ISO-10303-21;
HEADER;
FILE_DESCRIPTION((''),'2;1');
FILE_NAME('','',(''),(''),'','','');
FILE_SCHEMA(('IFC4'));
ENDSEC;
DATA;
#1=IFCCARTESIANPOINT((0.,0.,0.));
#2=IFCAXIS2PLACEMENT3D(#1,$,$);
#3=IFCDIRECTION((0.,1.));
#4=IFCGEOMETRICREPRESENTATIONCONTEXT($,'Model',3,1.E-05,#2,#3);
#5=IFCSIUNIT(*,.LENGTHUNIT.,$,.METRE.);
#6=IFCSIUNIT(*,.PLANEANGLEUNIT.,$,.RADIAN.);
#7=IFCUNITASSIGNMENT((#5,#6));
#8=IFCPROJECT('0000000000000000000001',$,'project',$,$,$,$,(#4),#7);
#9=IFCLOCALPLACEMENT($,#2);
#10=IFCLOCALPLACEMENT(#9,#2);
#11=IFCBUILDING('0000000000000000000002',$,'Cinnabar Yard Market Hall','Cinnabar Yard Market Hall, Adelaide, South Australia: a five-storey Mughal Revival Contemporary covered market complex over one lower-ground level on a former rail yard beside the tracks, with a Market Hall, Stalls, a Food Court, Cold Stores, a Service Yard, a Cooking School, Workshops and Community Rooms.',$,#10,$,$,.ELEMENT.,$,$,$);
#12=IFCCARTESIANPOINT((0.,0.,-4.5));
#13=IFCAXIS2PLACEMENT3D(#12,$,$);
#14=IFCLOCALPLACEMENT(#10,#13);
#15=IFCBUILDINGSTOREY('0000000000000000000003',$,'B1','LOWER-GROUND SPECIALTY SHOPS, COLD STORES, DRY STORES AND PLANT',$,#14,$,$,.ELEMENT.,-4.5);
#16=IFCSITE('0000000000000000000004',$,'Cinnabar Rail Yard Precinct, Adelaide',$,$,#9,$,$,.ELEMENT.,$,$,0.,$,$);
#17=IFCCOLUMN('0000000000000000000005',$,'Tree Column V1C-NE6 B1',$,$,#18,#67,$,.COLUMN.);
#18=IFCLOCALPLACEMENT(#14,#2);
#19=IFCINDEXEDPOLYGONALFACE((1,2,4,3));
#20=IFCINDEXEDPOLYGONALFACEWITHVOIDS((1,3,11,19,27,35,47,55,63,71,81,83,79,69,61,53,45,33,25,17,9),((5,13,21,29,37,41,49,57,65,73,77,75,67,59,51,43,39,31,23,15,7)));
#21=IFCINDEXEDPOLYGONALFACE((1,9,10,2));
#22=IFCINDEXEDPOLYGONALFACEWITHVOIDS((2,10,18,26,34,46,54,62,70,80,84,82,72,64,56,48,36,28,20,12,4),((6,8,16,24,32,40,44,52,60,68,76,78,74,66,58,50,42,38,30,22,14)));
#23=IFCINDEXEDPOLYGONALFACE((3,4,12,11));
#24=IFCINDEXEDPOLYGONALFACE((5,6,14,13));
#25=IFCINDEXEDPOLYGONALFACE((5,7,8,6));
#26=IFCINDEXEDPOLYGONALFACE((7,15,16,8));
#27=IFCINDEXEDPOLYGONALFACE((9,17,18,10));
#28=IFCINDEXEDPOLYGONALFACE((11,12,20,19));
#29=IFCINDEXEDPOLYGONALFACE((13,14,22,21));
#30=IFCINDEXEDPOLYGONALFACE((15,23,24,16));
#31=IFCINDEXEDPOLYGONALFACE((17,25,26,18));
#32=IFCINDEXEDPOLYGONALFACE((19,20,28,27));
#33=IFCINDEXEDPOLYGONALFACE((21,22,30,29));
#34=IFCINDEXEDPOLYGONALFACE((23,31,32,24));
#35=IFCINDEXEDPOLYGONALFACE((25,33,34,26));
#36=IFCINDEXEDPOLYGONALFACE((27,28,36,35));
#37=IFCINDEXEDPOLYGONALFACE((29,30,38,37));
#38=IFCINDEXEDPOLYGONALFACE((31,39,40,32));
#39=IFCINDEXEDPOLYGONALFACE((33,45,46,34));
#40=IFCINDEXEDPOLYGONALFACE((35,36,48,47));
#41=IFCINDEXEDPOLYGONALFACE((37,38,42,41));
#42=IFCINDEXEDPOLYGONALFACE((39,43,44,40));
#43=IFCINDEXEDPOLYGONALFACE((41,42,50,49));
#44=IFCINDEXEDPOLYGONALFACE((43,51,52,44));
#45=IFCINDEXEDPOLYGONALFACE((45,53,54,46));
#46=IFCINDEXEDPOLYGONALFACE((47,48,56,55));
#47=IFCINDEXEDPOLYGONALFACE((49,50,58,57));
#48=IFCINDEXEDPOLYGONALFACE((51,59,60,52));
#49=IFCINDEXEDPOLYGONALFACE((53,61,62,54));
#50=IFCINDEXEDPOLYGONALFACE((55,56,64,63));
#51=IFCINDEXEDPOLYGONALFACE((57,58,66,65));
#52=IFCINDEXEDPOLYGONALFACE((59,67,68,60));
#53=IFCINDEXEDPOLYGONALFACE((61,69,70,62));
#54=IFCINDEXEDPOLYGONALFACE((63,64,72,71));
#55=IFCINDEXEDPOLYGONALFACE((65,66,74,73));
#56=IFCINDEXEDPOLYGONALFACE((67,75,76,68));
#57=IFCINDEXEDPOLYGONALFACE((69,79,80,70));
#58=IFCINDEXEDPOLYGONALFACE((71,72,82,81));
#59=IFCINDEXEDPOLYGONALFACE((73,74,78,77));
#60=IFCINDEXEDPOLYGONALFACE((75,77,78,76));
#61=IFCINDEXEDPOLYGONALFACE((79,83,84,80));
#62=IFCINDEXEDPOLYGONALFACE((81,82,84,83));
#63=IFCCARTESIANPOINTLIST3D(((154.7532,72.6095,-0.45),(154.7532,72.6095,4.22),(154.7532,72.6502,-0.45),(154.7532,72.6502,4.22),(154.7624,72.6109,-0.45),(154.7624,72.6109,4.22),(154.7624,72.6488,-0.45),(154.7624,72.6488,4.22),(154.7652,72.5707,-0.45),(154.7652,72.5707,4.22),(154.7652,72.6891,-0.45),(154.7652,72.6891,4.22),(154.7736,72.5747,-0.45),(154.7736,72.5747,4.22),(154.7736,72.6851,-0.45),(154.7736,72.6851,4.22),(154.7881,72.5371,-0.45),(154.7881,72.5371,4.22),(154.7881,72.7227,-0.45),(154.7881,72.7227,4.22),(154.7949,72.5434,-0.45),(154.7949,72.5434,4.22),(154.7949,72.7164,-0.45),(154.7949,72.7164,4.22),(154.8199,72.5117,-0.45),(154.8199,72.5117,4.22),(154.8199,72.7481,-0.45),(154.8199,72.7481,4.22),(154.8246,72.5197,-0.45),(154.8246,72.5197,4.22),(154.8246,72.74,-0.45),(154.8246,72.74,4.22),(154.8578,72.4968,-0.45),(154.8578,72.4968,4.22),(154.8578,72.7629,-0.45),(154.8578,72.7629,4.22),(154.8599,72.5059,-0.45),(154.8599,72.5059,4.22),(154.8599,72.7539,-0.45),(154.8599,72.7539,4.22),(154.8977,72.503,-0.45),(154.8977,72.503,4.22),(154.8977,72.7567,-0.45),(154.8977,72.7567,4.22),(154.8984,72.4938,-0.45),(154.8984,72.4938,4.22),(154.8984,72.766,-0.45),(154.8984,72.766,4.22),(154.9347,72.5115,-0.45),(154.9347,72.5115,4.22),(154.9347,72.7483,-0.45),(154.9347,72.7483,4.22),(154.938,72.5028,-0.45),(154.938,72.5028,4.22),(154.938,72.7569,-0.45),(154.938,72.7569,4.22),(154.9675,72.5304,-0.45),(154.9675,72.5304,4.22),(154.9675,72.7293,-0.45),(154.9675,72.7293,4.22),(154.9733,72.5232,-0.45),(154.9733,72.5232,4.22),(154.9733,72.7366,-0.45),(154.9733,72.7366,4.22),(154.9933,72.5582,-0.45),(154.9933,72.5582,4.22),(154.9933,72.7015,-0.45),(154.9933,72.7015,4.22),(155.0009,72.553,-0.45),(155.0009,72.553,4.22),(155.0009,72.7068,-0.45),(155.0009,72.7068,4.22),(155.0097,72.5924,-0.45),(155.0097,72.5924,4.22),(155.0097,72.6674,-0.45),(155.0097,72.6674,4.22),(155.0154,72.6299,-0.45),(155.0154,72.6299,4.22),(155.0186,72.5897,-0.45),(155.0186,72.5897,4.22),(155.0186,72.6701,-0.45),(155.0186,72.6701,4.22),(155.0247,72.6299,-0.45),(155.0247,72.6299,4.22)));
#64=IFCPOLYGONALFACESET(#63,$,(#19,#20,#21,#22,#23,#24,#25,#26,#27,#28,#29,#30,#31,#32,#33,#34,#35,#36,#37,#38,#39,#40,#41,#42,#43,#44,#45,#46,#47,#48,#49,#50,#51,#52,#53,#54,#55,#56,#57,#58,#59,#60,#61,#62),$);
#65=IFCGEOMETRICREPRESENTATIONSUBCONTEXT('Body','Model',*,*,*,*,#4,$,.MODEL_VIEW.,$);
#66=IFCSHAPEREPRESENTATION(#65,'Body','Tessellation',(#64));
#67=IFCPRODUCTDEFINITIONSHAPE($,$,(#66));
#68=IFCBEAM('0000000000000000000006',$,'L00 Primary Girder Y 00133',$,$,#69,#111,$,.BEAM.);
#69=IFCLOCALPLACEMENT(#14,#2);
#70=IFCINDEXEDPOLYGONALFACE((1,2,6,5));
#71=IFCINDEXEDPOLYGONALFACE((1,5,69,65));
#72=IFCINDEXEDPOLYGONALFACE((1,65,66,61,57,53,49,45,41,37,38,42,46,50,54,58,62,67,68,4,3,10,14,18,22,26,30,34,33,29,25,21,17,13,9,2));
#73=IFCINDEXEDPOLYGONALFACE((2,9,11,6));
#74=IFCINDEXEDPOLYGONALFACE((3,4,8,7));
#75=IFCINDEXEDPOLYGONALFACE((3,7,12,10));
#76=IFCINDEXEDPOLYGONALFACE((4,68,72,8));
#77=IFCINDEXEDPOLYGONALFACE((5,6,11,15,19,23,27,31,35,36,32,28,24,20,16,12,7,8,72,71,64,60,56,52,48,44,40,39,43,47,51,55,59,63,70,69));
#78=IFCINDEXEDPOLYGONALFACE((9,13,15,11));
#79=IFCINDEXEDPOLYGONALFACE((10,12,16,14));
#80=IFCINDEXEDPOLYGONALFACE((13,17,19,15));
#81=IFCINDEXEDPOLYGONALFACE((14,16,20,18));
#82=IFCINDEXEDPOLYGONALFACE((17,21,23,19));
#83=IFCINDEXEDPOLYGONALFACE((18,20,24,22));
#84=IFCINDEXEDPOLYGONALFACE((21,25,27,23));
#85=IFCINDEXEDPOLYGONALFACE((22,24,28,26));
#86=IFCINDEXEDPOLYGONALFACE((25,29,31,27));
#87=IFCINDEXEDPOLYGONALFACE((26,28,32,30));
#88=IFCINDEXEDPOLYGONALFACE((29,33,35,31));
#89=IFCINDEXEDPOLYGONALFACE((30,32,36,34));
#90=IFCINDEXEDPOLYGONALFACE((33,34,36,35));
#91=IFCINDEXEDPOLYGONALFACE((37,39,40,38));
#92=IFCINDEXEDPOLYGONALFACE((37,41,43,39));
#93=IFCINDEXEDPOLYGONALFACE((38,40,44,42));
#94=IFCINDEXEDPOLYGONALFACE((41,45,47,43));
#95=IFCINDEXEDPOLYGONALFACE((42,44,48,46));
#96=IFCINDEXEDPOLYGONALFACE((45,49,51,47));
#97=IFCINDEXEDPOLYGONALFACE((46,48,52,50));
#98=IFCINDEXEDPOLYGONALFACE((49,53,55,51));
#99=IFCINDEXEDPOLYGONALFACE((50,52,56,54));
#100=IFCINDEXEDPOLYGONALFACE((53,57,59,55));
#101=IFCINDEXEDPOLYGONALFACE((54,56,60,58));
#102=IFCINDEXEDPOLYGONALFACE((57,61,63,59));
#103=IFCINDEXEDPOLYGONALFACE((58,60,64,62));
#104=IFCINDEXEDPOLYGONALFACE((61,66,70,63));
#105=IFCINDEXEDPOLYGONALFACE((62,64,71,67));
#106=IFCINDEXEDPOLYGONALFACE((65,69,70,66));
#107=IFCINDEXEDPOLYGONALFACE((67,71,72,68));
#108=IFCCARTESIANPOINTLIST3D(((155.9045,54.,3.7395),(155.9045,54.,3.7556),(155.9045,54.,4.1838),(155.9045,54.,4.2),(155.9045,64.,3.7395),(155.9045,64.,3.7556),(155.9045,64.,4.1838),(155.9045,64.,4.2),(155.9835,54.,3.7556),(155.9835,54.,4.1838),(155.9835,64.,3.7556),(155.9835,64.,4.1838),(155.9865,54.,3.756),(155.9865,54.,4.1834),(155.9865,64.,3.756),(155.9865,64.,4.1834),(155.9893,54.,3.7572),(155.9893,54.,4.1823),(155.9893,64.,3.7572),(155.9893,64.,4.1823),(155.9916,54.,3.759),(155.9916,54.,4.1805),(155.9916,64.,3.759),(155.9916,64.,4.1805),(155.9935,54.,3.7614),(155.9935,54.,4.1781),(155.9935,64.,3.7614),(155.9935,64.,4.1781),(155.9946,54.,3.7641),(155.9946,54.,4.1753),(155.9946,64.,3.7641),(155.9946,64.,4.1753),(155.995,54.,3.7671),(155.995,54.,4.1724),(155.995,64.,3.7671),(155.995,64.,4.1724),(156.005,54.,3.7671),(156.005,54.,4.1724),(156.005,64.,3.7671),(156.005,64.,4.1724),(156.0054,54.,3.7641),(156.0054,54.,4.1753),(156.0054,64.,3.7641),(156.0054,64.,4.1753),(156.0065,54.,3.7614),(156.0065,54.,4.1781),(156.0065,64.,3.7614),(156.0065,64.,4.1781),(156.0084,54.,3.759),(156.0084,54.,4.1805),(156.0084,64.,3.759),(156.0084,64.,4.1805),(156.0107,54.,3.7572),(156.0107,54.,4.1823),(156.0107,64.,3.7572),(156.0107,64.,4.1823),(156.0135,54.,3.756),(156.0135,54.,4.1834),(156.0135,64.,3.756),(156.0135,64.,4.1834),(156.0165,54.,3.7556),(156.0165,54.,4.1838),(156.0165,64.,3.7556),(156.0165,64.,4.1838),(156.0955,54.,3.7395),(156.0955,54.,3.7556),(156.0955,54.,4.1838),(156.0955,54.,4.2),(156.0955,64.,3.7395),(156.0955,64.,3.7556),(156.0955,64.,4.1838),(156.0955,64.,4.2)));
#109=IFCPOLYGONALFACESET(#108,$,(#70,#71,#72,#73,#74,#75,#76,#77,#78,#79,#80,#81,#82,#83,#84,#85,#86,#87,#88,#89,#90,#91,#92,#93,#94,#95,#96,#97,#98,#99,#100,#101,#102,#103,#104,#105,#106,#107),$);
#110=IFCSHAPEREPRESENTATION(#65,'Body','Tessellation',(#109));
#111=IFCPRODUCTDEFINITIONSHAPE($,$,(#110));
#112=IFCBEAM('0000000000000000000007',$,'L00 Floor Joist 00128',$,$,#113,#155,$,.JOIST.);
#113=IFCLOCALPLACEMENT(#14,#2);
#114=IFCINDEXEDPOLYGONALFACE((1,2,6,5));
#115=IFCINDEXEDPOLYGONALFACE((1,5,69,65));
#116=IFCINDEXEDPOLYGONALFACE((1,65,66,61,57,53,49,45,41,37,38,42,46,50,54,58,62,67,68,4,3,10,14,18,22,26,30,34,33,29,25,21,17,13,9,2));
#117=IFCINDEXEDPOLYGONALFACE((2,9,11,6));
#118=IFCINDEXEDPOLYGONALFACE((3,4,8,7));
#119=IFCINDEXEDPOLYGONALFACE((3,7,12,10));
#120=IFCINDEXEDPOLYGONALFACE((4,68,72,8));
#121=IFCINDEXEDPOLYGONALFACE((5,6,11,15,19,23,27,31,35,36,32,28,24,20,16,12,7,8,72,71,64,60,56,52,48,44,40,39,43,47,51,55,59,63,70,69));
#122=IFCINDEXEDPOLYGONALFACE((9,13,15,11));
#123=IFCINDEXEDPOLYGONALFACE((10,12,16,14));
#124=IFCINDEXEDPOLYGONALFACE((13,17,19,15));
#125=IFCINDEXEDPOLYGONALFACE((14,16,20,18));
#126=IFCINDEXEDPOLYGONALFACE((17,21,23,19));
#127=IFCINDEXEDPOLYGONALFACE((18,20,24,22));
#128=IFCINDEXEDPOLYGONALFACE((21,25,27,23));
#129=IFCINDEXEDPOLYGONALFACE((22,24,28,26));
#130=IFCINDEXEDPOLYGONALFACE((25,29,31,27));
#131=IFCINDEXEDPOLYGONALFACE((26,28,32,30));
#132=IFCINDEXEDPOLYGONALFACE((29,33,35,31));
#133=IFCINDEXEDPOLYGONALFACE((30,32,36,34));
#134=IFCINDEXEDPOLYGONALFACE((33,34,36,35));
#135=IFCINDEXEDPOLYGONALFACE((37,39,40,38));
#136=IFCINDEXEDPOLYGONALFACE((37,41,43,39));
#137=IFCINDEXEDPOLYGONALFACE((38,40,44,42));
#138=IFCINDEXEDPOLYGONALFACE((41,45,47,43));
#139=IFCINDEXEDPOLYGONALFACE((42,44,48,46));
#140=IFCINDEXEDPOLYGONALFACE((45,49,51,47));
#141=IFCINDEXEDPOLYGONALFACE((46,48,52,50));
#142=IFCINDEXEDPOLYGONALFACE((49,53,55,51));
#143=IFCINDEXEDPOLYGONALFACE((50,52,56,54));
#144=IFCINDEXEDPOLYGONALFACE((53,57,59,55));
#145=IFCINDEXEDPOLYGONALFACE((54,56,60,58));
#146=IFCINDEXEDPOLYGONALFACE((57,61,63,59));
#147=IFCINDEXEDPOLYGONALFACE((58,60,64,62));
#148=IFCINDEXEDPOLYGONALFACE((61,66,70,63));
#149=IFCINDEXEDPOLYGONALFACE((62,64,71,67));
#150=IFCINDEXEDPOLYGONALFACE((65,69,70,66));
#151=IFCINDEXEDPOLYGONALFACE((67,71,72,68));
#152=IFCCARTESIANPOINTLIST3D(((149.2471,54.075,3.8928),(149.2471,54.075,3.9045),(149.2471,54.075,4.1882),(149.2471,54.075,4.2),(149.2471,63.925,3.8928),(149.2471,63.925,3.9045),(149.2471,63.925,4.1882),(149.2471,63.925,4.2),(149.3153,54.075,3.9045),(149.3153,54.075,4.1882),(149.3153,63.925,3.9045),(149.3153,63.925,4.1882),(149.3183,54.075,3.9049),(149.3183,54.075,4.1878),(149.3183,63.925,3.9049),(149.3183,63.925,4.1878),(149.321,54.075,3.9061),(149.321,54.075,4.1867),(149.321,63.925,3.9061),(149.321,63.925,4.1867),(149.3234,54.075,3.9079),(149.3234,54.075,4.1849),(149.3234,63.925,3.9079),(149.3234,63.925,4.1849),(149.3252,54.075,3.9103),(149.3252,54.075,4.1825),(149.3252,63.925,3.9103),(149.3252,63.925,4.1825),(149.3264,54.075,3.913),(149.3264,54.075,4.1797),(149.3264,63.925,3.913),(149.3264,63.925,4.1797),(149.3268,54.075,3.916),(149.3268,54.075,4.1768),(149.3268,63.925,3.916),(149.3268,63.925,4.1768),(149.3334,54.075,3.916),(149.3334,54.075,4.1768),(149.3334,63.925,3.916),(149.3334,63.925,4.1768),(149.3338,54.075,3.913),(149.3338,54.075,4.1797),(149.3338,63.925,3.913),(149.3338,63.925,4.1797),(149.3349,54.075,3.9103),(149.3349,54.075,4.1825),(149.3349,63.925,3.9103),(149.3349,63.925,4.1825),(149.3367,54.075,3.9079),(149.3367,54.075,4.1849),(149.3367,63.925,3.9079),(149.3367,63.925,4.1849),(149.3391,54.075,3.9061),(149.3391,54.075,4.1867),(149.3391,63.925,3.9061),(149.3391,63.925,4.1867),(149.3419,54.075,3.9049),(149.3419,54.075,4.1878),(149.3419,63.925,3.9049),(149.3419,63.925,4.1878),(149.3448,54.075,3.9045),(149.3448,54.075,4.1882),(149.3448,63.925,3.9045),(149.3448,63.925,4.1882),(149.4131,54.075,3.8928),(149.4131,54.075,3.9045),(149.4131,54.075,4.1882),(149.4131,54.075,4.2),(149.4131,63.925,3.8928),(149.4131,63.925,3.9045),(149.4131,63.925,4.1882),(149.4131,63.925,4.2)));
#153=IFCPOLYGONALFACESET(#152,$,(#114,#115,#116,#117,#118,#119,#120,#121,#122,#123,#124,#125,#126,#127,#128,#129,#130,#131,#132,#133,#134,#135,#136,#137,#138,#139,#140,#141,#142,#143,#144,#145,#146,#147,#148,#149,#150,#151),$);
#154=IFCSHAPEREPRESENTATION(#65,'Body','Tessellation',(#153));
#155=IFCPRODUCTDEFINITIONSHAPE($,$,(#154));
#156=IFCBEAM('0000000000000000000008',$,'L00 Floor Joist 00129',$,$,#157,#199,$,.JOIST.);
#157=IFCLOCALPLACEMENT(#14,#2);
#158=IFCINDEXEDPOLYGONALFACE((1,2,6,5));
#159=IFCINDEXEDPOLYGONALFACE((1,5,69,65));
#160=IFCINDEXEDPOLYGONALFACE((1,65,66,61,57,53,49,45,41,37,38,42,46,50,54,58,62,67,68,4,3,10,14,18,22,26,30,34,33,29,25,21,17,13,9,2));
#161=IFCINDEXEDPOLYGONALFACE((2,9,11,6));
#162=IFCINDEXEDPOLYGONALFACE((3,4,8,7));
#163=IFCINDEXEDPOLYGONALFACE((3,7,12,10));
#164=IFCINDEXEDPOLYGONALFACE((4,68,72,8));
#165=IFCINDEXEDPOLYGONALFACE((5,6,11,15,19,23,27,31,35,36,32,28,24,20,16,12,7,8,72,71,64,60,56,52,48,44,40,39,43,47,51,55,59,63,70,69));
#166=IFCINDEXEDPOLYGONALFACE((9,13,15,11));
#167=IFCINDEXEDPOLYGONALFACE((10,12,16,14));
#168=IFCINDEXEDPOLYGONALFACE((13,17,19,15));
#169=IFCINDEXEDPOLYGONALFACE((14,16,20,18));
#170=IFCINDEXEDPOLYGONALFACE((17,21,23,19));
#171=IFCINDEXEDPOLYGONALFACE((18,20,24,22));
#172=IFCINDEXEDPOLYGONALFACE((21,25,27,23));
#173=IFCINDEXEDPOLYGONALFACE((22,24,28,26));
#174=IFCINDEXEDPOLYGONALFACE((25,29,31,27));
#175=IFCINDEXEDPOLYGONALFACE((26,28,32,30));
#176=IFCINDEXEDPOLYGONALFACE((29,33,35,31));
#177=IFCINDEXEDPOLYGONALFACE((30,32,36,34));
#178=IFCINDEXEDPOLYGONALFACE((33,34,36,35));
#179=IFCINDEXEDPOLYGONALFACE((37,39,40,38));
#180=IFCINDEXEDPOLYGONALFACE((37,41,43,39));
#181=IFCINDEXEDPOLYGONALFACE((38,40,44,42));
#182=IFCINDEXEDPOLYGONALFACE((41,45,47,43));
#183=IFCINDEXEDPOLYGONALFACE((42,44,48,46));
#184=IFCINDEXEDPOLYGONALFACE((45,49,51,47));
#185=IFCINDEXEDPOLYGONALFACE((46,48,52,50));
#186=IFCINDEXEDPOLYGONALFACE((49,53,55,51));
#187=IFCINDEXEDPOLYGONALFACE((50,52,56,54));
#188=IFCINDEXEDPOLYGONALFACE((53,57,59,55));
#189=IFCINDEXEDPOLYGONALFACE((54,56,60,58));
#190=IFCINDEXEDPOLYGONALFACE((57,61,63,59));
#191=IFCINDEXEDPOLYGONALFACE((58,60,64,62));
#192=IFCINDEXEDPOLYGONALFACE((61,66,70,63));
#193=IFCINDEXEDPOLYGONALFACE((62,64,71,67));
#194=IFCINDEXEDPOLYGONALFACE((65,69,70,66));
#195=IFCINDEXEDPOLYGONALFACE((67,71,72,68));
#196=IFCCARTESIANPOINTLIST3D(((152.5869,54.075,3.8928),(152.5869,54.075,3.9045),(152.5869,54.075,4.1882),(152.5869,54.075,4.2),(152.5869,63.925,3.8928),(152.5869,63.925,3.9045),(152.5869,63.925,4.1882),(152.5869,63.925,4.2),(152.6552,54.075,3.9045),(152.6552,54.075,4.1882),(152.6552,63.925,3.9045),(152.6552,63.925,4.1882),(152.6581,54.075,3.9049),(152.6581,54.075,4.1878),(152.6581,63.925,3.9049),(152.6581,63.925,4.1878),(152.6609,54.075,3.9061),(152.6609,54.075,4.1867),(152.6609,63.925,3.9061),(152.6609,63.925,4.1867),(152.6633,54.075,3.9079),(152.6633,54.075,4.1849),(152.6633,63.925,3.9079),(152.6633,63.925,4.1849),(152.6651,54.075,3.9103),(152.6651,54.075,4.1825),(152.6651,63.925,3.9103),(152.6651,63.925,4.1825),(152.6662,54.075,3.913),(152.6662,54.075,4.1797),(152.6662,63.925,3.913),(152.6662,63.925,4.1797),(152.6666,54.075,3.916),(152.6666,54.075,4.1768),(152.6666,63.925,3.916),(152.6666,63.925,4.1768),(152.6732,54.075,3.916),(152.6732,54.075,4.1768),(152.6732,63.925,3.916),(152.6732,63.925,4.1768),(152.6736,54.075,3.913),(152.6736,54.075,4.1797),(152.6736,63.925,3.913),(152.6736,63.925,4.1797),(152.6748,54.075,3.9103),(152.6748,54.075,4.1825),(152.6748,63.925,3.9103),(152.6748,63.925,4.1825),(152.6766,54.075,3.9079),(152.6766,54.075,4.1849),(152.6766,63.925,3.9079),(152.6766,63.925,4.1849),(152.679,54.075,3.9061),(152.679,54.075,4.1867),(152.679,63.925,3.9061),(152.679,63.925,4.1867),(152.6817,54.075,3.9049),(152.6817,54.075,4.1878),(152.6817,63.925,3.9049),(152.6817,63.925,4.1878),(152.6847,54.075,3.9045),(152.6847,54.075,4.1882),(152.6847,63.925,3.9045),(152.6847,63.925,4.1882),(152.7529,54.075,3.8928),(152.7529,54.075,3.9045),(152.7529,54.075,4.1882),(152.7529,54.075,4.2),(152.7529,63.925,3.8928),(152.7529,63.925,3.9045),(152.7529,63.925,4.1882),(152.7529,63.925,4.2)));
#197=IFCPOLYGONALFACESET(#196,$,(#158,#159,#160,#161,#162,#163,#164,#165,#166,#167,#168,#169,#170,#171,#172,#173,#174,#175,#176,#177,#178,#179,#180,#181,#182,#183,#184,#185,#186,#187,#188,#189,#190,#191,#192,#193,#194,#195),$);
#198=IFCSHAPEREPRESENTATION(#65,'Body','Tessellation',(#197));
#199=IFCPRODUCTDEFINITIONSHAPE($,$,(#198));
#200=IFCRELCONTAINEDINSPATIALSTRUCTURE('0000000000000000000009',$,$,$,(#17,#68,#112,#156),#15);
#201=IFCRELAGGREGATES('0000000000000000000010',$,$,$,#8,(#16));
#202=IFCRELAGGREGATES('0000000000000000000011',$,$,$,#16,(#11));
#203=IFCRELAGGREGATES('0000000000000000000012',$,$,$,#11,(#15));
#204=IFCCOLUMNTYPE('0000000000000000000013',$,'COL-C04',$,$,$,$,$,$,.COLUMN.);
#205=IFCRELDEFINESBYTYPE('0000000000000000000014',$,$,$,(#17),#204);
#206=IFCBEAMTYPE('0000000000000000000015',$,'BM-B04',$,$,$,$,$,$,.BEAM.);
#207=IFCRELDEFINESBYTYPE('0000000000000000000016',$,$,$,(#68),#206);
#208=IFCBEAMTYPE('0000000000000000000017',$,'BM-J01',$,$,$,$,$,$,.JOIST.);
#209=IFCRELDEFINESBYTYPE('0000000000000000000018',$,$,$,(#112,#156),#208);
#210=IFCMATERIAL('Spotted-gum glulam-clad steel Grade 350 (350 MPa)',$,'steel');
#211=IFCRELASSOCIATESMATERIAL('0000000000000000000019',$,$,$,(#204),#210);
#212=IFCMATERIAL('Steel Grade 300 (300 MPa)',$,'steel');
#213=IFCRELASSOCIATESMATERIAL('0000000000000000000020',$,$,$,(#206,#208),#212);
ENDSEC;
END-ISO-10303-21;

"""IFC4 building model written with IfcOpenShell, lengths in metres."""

from ifc_helpers import new_model, si_unit, direction, frame, origin, origin_2d_with_axis, place, context, subcontext, project, spatial, hollow_circle, i_section, extrude, material, material_profile, profile_set, type_object, element, save


model = new_model("IFC4")

# Units and contexts
model_context = context("Model", 3, precision=1e-05, world=origin(), true_north=direction((0.0, 1.0)))
body_context = subcontext(model_context, "Body", "Model", "MODEL_VIEW")
ifc_project = project(units=[si_unit("LENGTHUNIT", "METRE"), si_unit("PLANEANGLEUNIT", "RADIAN")], contexts=[model_context])

# Site, building, storey
site_placement = place(None, origin())
site = spatial("IfcSite", under=ifc_project, at=site_placement, Name="Cinnabar Rail Yard Precinct, Adelaide", CompositionType="ELEMENT", RefElevation=0.0)
building_placement = place(site_placement, origin())
building = spatial("IfcBuilding", under=site, at=building_placement, Name="Cinnabar Yard Market Hall", Description="Cinnabar Yard Market Hall, Adelaide, South Australia: a five-storey Mughal Revival Contemporary covered market complex over one lower-ground level on a former rail yard beside the tracks, with a Market Hall, Stalls, a Food Court, Cold Stores, a Service Yard, a Cooking School, Workshops and Community Rooms.", CompositionType="ELEMENT")
storey_placement = place(building_placement, frame((0.0, 0.0, -4.5)))
storey = spatial("IfcBuildingStorey", under=building, at=storey_placement, Name="B1", Description="LOWER-GROUND SPECIALTY SHOPS, COLD STORES, DRY STORES AND PLANT", CompositionType="ELEMENT", Elevation=-4.5)

# Column
ifc_material_1 = material(Name="Spotted-gum glulam-clad steel Grade 350 (350 MPa)", Category="steel")
ifc_material_profile_1 = material_profile(ifc_material_1, hollow_circle(Radius=0.1365, WallThickness=0.0093, at=origin_2d_with_axis()), Name="273.1x9.3CHS")
ifc_profile_set_1 = profile_set([ifc_material_profile_1], Name="Spotted-gum glulam-clad steel Grade 350 (350 MPa)")
column_type_1 = type_object("IfcColumnType", Name="COL-C04", PredefinedType="COLUMN", material=ifc_profile_set_1)
column_1_placement = place(storey_placement, frame((154.8882, 72.6299, -0.45), z_axis=(0.0, 0.0, 1.0), x_axis=(1.0, 0.0, 0.0)))
element("IfcColumn", 1, at=column_1_placement, inside=storey, type_object=column_type_1, Name="Tree Column V1C-NE6 B1", PredefinedType="COLUMN", context=body_context, shape_type="SweptSolid", body=[
    extrude(hollow_circle(Radius=0.1365, WallThickness=0.0093, at=origin_2d_with_axis()), origin(), (0.0, 0.0, 1.0), 4.6699),
])

# Beams
ifc_material_2 = material(Name="Steel Grade 300 (300 MPa)", Category="steel")
ifc_material_profile_2 = material_profile(ifc_material_2, i_section(OverallWidth=0.1909, OverallDepth=0.4604, WebThickness=0.01, FlangeThickness=0.0161, FilletRadius=0.0115, at=origin_2d_with_axis()), Name="460UB82.1")
ifc_profile_set_2 = profile_set([ifc_material_profile_2], Name="Steel Grade 300 (300 MPa)")
beam_type_1 = type_object("IfcBeamType", Name="BM-B04", PredefinedType="BEAM", material=ifc_profile_set_2)
beam_placement = place(storey_placement, frame((156.0, 54.0, 3.9697), z_axis=(0.0, 1.0, 0.0), x_axis=(-1.0, 0.0, 0.0)))
element("IfcBeam", 2, at=beam_placement, inside=storey, type_object=beam_type_1, Name="L00 Primary Girder Y 00133", PredefinedType="BEAM", context=body_context, shape_type="SweptSolid", body=[
    extrude(i_section(OverallWidth=0.1909, OverallDepth=0.4604, WebThickness=0.01, FlangeThickness=0.0161, FilletRadius=0.0115, at=origin_2d_with_axis()), origin(), (0.0, 0.0, 1.0), 10.0),
])
ifc_material_profile_3 = material_profile(ifc_material_2, i_section(OverallWidth=0.166, OverallDepth=0.3071, WebThickness=0.0066, FlangeThickness=0.0117, FilletRadius=0.0115, at=origin_2d_with_axis()), Name="310UB46.2")
ifc_profile_set_3 = profile_set([ifc_material_profile_3], Name="Steel Grade 300 (300 MPa)")
beam_type_2 = type_object("IfcBeamType", Name="BM-J01", PredefinedType="JOIST", material=ifc_profile_set_3)
for number, where, z_axis, x_axis, name in (
    (3, (149.3301, 54.075, 4.0464), (0.0, 1.0, 0.0), (-1.0, 0.0, 0.0), "L00 Floor Joist 00128"),
    (4, (152.6699, 54.075, 4.0464), (0.0, 1.0, 0.0), (-1.0, 0.0, 0.0), "L00 Floor Joist 00129"),
):
    element("IfcBeam", number, at=place(storey_placement, frame(where, z_axis=z_axis, x_axis=x_axis)), inside=storey, type_object=beam_type_2, Name=name, PredefinedType="JOIST", context=body_context, shape_type="SweptSolid", body=[
        extrude(i_section(OverallWidth=0.166, OverallDepth=0.3071, WebThickness=0.0066, FlangeThickness=0.0117, FilletRadius=0.0115, at=origin_2d_with_axis()), origin(), (0.0, 0.0, 1.0), 9.8501),
    ])

save(model, "model.ifc")
